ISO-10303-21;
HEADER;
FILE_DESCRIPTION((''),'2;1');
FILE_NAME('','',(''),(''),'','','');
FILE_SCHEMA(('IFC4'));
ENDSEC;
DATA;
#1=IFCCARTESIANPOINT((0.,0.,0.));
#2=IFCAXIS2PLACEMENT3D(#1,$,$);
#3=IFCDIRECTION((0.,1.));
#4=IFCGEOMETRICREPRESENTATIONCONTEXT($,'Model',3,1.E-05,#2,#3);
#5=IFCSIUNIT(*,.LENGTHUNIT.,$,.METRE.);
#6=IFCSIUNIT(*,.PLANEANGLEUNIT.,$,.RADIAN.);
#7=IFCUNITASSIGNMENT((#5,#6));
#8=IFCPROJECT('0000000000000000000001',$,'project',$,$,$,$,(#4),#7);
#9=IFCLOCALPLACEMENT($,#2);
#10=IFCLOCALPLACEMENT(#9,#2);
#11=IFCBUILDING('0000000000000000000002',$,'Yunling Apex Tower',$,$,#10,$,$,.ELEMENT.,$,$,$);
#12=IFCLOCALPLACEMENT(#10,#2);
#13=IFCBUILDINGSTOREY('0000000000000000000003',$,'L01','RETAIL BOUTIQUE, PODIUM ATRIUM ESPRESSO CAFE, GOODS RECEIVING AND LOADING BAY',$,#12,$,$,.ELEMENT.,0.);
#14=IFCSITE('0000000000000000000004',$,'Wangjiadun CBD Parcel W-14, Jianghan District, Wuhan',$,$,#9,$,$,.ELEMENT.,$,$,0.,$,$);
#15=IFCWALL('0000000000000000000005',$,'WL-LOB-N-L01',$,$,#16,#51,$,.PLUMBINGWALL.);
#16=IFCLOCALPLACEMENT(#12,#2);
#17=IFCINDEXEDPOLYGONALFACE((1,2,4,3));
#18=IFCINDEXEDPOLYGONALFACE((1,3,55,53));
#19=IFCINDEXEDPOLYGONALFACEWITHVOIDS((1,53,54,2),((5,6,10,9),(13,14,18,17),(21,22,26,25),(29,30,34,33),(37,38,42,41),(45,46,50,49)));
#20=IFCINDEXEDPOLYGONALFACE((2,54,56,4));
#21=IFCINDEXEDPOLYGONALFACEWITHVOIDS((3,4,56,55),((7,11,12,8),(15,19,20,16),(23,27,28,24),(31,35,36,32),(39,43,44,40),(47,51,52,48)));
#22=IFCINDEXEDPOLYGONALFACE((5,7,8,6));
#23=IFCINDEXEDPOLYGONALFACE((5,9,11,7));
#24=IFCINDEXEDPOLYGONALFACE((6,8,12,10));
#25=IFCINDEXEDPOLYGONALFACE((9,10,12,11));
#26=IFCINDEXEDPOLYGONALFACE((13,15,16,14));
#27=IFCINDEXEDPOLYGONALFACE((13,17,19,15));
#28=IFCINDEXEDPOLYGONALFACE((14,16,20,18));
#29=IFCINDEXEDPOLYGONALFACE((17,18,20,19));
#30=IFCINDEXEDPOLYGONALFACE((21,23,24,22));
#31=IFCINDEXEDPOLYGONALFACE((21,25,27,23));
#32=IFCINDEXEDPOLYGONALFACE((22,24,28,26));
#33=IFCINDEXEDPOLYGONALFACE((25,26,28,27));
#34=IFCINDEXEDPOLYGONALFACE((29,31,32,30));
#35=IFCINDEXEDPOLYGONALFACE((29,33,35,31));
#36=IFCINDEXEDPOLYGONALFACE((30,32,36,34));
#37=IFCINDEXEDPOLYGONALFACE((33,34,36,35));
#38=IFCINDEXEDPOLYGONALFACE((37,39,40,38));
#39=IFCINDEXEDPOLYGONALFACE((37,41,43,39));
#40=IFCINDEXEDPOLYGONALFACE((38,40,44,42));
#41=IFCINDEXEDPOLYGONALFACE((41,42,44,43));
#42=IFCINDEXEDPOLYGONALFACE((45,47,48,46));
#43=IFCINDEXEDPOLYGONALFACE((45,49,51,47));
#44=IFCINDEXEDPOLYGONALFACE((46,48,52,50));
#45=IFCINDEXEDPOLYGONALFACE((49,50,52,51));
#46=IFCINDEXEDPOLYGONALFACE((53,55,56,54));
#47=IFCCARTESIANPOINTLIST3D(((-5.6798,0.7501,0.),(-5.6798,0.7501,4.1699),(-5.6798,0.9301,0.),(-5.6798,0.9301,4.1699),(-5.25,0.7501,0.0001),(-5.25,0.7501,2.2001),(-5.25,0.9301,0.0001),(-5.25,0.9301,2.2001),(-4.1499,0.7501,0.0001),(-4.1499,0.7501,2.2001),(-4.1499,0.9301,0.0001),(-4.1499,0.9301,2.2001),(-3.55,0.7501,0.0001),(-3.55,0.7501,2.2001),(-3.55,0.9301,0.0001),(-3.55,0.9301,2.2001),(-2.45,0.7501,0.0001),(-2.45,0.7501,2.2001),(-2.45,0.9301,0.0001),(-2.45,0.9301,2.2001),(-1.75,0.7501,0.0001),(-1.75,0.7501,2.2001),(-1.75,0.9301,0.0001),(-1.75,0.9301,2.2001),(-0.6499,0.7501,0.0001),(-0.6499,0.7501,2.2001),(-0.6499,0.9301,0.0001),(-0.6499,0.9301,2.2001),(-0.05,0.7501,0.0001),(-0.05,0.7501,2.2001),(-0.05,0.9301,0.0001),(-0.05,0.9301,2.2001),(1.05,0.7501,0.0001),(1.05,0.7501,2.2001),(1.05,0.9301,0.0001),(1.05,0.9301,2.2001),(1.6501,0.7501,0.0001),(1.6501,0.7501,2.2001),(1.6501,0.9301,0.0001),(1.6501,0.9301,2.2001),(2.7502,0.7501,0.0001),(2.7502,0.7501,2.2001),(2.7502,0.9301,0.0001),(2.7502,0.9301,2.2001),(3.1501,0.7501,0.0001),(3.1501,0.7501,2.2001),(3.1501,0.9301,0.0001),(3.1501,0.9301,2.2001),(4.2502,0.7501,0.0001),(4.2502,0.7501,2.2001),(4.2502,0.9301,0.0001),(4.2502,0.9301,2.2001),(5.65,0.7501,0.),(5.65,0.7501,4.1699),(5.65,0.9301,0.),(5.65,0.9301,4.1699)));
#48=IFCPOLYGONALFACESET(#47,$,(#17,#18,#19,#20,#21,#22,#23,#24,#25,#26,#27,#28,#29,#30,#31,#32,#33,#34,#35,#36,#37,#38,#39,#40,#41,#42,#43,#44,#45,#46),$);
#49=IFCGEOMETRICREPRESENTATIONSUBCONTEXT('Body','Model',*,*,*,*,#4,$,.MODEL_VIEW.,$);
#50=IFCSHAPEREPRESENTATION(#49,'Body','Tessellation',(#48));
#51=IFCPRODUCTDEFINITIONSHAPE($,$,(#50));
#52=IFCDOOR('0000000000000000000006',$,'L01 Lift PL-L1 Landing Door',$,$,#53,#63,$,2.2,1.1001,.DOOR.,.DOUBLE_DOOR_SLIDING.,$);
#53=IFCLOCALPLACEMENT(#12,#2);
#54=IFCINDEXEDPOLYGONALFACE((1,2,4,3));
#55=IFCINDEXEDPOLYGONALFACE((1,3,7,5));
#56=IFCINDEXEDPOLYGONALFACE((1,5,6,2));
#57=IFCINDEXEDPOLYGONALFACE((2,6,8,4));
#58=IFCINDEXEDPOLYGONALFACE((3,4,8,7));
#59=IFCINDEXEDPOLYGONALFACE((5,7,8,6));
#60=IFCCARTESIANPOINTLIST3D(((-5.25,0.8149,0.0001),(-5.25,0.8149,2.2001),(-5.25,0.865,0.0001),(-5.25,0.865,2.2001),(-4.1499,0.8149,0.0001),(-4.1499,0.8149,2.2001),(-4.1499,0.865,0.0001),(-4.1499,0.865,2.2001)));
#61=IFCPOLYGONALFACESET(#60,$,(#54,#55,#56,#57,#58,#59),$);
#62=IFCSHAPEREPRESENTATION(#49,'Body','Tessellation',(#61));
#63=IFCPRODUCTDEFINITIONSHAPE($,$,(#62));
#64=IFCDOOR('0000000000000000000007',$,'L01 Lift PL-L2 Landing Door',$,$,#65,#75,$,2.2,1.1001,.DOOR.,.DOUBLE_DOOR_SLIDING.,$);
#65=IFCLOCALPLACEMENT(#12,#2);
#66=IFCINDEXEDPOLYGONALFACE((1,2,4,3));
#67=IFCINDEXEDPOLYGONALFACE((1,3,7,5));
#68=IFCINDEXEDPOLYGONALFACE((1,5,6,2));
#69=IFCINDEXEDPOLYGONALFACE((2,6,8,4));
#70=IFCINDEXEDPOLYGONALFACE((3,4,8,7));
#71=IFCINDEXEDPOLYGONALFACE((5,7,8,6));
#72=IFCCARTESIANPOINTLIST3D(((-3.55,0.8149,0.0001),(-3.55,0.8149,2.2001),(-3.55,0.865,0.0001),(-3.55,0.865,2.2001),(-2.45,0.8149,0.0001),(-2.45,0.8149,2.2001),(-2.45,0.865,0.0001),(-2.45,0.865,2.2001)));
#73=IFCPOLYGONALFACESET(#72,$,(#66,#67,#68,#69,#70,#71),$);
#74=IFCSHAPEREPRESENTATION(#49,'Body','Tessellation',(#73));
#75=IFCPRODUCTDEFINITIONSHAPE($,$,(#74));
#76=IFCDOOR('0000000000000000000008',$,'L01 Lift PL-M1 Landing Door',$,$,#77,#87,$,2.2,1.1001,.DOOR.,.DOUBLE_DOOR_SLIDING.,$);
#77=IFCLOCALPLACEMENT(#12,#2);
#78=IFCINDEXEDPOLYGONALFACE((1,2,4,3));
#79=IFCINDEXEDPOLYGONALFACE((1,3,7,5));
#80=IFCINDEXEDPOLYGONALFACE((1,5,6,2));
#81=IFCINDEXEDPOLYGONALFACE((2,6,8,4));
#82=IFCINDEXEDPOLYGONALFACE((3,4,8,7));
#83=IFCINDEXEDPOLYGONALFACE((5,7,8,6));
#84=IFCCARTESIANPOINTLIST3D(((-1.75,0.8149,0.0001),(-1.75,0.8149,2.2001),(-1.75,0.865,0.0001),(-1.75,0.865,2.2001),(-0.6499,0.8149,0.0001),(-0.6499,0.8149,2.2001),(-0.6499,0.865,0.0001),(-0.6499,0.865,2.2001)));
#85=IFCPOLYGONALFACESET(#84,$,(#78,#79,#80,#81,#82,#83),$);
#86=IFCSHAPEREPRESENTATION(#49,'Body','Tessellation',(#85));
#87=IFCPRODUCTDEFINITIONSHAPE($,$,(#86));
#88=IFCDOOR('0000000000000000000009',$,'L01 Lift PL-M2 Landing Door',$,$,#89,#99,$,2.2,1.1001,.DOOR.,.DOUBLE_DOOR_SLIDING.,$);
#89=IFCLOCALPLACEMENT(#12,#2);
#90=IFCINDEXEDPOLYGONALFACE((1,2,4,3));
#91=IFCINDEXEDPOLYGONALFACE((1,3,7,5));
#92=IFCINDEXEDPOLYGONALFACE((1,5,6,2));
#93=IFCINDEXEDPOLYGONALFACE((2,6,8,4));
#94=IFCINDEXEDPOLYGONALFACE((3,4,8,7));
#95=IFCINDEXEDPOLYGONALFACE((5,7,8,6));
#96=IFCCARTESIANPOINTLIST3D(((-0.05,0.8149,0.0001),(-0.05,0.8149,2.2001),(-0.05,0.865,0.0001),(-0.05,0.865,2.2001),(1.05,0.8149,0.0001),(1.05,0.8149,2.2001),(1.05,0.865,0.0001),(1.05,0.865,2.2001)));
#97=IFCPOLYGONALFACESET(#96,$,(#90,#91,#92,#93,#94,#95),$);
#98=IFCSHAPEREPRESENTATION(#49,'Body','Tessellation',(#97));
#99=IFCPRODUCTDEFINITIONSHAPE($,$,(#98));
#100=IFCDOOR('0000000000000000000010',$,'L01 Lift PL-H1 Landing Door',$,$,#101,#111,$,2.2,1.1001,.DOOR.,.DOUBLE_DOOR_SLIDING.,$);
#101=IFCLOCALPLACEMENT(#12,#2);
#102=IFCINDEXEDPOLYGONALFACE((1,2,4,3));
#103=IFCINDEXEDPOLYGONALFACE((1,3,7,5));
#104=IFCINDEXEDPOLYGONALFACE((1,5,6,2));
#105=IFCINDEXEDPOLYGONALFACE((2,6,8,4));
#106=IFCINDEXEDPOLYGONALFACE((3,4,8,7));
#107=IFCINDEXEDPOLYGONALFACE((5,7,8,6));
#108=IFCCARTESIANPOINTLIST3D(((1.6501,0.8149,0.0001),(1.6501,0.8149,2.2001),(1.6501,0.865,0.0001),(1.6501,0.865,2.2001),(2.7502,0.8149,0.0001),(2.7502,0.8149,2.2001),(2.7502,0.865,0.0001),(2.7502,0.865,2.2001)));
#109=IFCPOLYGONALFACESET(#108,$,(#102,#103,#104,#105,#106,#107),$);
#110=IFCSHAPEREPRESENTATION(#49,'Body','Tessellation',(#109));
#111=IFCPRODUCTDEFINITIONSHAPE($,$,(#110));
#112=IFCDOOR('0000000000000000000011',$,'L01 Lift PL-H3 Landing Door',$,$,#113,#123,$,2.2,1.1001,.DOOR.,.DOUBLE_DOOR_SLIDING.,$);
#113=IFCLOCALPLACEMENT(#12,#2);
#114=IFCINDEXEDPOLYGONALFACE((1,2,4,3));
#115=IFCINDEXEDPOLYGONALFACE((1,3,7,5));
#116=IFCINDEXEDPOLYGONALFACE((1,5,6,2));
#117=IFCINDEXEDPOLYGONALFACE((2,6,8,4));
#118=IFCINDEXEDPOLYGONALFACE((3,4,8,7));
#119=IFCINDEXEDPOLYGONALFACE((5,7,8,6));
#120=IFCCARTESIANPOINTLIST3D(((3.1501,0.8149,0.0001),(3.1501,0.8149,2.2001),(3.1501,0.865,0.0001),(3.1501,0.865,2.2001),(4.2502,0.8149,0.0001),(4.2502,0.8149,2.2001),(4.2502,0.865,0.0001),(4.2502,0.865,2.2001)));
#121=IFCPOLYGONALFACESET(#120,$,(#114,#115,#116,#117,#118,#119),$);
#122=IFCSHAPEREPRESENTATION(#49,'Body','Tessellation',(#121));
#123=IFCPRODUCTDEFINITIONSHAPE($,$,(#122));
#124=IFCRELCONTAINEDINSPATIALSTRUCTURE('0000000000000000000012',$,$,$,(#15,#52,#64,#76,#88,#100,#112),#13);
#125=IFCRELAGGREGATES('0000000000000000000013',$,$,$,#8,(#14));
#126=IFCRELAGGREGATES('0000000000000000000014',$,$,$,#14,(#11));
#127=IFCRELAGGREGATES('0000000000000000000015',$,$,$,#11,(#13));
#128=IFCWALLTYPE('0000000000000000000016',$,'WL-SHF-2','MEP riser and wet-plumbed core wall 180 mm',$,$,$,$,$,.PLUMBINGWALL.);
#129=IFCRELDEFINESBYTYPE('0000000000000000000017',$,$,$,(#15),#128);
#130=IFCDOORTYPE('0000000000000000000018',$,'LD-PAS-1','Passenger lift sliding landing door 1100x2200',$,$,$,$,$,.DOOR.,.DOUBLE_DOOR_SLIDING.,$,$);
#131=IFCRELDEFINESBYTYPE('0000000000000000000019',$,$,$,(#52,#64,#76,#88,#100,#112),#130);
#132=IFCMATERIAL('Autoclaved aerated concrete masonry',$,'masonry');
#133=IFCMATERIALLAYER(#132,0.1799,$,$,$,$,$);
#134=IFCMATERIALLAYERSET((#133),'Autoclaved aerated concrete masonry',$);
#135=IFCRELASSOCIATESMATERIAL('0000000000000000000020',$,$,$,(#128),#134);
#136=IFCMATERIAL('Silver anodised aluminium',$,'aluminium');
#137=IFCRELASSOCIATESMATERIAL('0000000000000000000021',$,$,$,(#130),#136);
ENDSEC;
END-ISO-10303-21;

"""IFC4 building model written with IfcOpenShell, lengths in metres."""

from ifc_helpers import new_model, si_unit, direction, frame, frame_2d, origin, place, context, subcontext, project, spatial, rectangle, extrude, material, layer, layer_set, type_object, element, fill, save


model = new_model("IFC4")

# Units and contexts
model_context = context("Model", 3, precision=1e-05, world=origin(), true_north=direction((0.0, 1.0)))
body_context = subcontext(model_context, "Body", "Model", "MODEL_VIEW")
ifc_project = project(units=[si_unit("LENGTHUNIT", "METRE"), si_unit("PLANEANGLEUNIT", "RADIAN")], contexts=[model_context])

# Site, building, storey
site_placement = place(None, origin())
site = spatial("IfcSite", under=ifc_project, at=site_placement, Name="Wangjiadun CBD Parcel W-14, Jianghan District, Wuhan", CompositionType="ELEMENT", RefElevation=0.0)
building_placement = place(site_placement, origin())
building = spatial("IfcBuilding", under=site, at=building_placement, Name="Yunling Apex Tower", CompositionType="ELEMENT")
storey_placement = place(building_placement, origin())
storey = spatial("IfcBuildingStorey", under=building, at=storey_placement, Name="L01", Description="RETAIL BOUTIQUE, PODIUM ATRIUM ESPRESSO CAFE, GOODS RECEIVING AND LOADING BAY", CompositionType="ELEMENT", Elevation=0.0)

# Shared definitions
ifc_material_1 = material(Name="Autoclaved aerated concrete masonry", Category="masonry")

# Wall, openings, doors
ifc_layer_1 = layer(ifc_material_1, 0.1799)
ifc_layer_set_1 = layer_set([ifc_layer_1], Name="Autoclaved aerated concrete masonry")
wall_type_1 = type_object("IfcWallType", Name="WL-SHF-2", Description="MEP riser and wet-plumbed core wall 180 mm", PredefinedType="PLUMBINGWALL", material=ifc_layer_set_1)
wall_1_placement = place(storey_placement, frame((-5.6799, 0.8401, 0.0), z_axis=(0.0, 0.0, 1.0), x_axis=(1.0, 0.0, 0.0)))
wall_1 = element("IfcWall", 1, at=wall_1_placement, inside=storey, type_object=wall_type_1, Name="WL-LOB-N-L01", PredefinedType="PLUMBINGWALL", context=body_context, shape_type="SweptSolid", body=[
    extrude(rectangle(XDim=11.3298, YDim=0.1799, at=frame_2d((5.665, 0.0))), origin(), (0.0, 0.0, 1.0), 4.1699),
])
opening_1_placement = place(wall_1_placement, frame((0.4299, 0.0, 0.0)))
opening_1 = element("IfcOpeningElement", 2, at=opening_1_placement, cuts=wall_1, PredefinedType="OPENING", context=body_context, shape_type="SweptSolid", body=[
    extrude(rectangle(XDim=1.1001, YDim=2.2, at=frame_2d((0.55, 1.1001))), frame((0.0, 0.1001, 0.0), z_axis=(0.0, -1.0, 0.0), x_axis=(1.0, 0.0, 0.0)), (0.0, 0.0, 1.0), 0.2),
])
opening_2_placement = place(wall_1_placement, frame((2.1299, 0.0, 0.0)))
opening_2 = element("IfcOpeningElement", 3, at=opening_2_placement, cuts=wall_1, PredefinedType="OPENING", context=body_context, shape_type="SweptSolid", body=[
    extrude(rectangle(XDim=1.1001, YDim=2.2, at=frame_2d((0.55, 1.1001))), frame((0.0, 0.1001, 0.0), z_axis=(0.0, -1.0, 0.0), x_axis=(1.0, 0.0, 0.0)), (0.0, 0.0, 1.0), 0.2),
])
opening_3_placement = place(wall_1_placement, frame((3.9299, 0.0, 0.0)))
opening_3 = element("IfcOpeningElement", 4, at=opening_3_placement, cuts=wall_1, PredefinedType="OPENING", context=body_context, shape_type="SweptSolid", body=[
    extrude(rectangle(XDim=1.1001, YDim=2.2, at=frame_2d((0.55, 1.1001))), frame((0.0, 0.1001, 0.0), z_axis=(0.0, -1.0, 0.0), x_axis=(1.0, 0.0, 0.0)), (0.0, 0.0, 1.0), 0.2),
])
opening_4_placement = place(wall_1_placement, frame((5.6299, 0.0, 0.0)))
opening_4 = element("IfcOpeningElement", 5, at=opening_4_placement, cuts=wall_1, PredefinedType="OPENING", context=body_context, shape_type="SweptSolid", body=[
    extrude(rectangle(XDim=1.1001, YDim=2.2, at=frame_2d((0.55, 1.1001))), frame((0.0, 0.1001, 0.0), z_axis=(0.0, -1.0, 0.0), x_axis=(1.0, 0.0, 0.0)), (0.0, 0.0, 1.0), 0.2),
])
opening_5_placement = place(wall_1_placement, frame((7.3301, 0.0, 0.0)))
opening_5 = element("IfcOpeningElement", 6, at=opening_5_placement, cuts=wall_1, PredefinedType="OPENING", context=body_context, shape_type="SweptSolid", body=[
    extrude(rectangle(XDim=1.1001, YDim=2.2, at=frame_2d((0.55, 1.1001))), frame((0.0, 0.1001, 0.0), z_axis=(0.0, -1.0, 0.0), x_axis=(1.0, 0.0, 0.0)), (0.0, 0.0, 1.0), 0.2),
])
opening_6_placement = place(wall_1_placement, frame((8.8301, 0.0, 0.0)))
opening_6 = element("IfcOpeningElement", 7, at=opening_6_placement, cuts=wall_1, PredefinedType="OPENING", context=body_context, shape_type="SweptSolid", body=[
    extrude(rectangle(XDim=1.1001, YDim=2.2, at=frame_2d((0.55, 1.1001))), frame((0.0, 0.1001, 0.0), z_axis=(0.0, -1.0, 0.0), x_axis=(1.0, 0.0, 0.0)), (0.0, 0.0, 1.0), 0.2),
])
ifc_material_2 = material(Name="Silver anodised aluminium", Category="aluminium")
door_type_1 = type_object("IfcDoorType", Name="LD-PAS-1", Description="Passenger lift sliding landing door 1100x2200", OperationType="DOUBLE_DOOR_SLIDING", PredefinedType="DOOR", material=ifc_material_2)
door_1_placement = place(opening_1_placement, origin())
door_1 = element("IfcDoor", 8, at=door_1_placement, inside=storey, type_object=door_type_1, Name="L01 Lift PL-L1 Landing Door", OperationType="DOUBLE_DOOR_SLIDING", OverallHeight=2.2, OverallWidth=1.1001, PredefinedType="DOOR", context=body_context, shape_type="SweptSolid", body=[
    extrude(rectangle(XDim=1.1001, YDim=2.2, at=frame_2d((0.55, 1.1001))), frame((0.0, 0.0249, 0.0), z_axis=(0.0, -1.0, 0.0), x_axis=(1.0, 0.0, 0.0)), (0.0, 0.0, 1.0), 0.05),
])
fill(opening_1, door_1)
door_2_placement = place(opening_2_placement, origin())
door_2 = element("IfcDoor", 9, at=door_2_placement, inside=storey, type_object=door_type_1, Name="L01 Lift PL-L2 Landing Door", OperationType="DOUBLE_DOOR_SLIDING", OverallHeight=2.2, OverallWidth=1.1001, PredefinedType="DOOR", context=body_context, shape_type="SweptSolid", body=[
    extrude(rectangle(XDim=1.1001, YDim=2.2, at=frame_2d((0.55, 1.1001))), frame((0.0, 0.0249, 0.0), z_axis=(0.0, -1.0, 0.0), x_axis=(1.0, 0.0, 0.0)), (0.0, 0.0, 1.0), 0.05),
])
fill(opening_2, door_2)
door_3_placement = place(opening_3_placement, origin())
door_3 = element("IfcDoor", 10, at=door_3_placement, inside=storey, type_object=door_type_1, Name="L01 Lift PL-M1 Landing Door", OperationType="DOUBLE_DOOR_SLIDING", OverallHeight=2.2, OverallWidth=1.1001, PredefinedType="DOOR", context=body_context, shape_type="SweptSolid", body=[
    extrude(rectangle(XDim=1.1001, YDim=2.2, at=frame_2d((0.55, 1.1001))), frame((0.0, 0.0249, 0.0), z_axis=(0.0, -1.0, 0.0), x_axis=(1.0, 0.0, 0.0)), (0.0, 0.0, 1.0), 0.05),
])
fill(opening_3, door_3)
door_4_placement = place(opening_4_placement, origin())
door_4 = element("IfcDoor", 11, at=door_4_placement, inside=storey, type_object=door_type_1, Name="L01 Lift PL-M2 Landing Door", OperationType="DOUBLE_DOOR_SLIDING", OverallHeight=2.2, OverallWidth=1.1001, PredefinedType="DOOR", context=body_context, shape_type="SweptSolid", body=[
    extrude(rectangle(XDim=1.1001, YDim=2.2, at=frame_2d((0.55, 1.1001))), frame((0.0, 0.0249, 0.0), z_axis=(0.0, -1.0, 0.0), x_axis=(1.0, 0.0, 0.0)), (0.0, 0.0, 1.0), 0.05),
])
fill(opening_4, door_4)
door_5_placement = place(opening_5_placement, origin())
door_5 = element("IfcDoor", 12, at=door_5_placement, inside=storey, type_object=door_type_1, Name="L01 Lift PL-H1 Landing Door", OperationType="DOUBLE_DOOR_SLIDING", OverallHeight=2.2, OverallWidth=1.1001, PredefinedType="DOOR", context=body_context, shape_type="SweptSolid", body=[
    extrude(rectangle(XDim=1.1001, YDim=2.2, at=frame_2d((0.55, 1.1001))), frame((0.0, 0.0249, 0.0), z_axis=(0.0, -1.0, 0.0), x_axis=(1.0, 0.0, 0.0)), (0.0, 0.0, 1.0), 0.05),
])
fill(opening_5, door_5)
door_6_placement = place(opening_6_placement, origin())
door_6 = element("IfcDoor", 13, at=door_6_placement, inside=storey, type_object=door_type_1, Name="L01 Lift PL-H3 Landing Door", OperationType="DOUBLE_DOOR_SLIDING", OverallHeight=2.2, OverallWidth=1.1001, PredefinedType="DOOR", context=body_context, shape_type="SweptSolid", body=[
    extrude(rectangle(XDim=1.1001, YDim=2.2, at=frame_2d((0.55, 1.1001))), frame((0.0, 0.0249, 0.0), z_axis=(0.0, -1.0, 0.0), x_axis=(1.0, 0.0, 0.0)), (0.0, 0.0, 1.0), 0.05),
])
fill(opening_6, door_6)

save(model, "model.ifc")
